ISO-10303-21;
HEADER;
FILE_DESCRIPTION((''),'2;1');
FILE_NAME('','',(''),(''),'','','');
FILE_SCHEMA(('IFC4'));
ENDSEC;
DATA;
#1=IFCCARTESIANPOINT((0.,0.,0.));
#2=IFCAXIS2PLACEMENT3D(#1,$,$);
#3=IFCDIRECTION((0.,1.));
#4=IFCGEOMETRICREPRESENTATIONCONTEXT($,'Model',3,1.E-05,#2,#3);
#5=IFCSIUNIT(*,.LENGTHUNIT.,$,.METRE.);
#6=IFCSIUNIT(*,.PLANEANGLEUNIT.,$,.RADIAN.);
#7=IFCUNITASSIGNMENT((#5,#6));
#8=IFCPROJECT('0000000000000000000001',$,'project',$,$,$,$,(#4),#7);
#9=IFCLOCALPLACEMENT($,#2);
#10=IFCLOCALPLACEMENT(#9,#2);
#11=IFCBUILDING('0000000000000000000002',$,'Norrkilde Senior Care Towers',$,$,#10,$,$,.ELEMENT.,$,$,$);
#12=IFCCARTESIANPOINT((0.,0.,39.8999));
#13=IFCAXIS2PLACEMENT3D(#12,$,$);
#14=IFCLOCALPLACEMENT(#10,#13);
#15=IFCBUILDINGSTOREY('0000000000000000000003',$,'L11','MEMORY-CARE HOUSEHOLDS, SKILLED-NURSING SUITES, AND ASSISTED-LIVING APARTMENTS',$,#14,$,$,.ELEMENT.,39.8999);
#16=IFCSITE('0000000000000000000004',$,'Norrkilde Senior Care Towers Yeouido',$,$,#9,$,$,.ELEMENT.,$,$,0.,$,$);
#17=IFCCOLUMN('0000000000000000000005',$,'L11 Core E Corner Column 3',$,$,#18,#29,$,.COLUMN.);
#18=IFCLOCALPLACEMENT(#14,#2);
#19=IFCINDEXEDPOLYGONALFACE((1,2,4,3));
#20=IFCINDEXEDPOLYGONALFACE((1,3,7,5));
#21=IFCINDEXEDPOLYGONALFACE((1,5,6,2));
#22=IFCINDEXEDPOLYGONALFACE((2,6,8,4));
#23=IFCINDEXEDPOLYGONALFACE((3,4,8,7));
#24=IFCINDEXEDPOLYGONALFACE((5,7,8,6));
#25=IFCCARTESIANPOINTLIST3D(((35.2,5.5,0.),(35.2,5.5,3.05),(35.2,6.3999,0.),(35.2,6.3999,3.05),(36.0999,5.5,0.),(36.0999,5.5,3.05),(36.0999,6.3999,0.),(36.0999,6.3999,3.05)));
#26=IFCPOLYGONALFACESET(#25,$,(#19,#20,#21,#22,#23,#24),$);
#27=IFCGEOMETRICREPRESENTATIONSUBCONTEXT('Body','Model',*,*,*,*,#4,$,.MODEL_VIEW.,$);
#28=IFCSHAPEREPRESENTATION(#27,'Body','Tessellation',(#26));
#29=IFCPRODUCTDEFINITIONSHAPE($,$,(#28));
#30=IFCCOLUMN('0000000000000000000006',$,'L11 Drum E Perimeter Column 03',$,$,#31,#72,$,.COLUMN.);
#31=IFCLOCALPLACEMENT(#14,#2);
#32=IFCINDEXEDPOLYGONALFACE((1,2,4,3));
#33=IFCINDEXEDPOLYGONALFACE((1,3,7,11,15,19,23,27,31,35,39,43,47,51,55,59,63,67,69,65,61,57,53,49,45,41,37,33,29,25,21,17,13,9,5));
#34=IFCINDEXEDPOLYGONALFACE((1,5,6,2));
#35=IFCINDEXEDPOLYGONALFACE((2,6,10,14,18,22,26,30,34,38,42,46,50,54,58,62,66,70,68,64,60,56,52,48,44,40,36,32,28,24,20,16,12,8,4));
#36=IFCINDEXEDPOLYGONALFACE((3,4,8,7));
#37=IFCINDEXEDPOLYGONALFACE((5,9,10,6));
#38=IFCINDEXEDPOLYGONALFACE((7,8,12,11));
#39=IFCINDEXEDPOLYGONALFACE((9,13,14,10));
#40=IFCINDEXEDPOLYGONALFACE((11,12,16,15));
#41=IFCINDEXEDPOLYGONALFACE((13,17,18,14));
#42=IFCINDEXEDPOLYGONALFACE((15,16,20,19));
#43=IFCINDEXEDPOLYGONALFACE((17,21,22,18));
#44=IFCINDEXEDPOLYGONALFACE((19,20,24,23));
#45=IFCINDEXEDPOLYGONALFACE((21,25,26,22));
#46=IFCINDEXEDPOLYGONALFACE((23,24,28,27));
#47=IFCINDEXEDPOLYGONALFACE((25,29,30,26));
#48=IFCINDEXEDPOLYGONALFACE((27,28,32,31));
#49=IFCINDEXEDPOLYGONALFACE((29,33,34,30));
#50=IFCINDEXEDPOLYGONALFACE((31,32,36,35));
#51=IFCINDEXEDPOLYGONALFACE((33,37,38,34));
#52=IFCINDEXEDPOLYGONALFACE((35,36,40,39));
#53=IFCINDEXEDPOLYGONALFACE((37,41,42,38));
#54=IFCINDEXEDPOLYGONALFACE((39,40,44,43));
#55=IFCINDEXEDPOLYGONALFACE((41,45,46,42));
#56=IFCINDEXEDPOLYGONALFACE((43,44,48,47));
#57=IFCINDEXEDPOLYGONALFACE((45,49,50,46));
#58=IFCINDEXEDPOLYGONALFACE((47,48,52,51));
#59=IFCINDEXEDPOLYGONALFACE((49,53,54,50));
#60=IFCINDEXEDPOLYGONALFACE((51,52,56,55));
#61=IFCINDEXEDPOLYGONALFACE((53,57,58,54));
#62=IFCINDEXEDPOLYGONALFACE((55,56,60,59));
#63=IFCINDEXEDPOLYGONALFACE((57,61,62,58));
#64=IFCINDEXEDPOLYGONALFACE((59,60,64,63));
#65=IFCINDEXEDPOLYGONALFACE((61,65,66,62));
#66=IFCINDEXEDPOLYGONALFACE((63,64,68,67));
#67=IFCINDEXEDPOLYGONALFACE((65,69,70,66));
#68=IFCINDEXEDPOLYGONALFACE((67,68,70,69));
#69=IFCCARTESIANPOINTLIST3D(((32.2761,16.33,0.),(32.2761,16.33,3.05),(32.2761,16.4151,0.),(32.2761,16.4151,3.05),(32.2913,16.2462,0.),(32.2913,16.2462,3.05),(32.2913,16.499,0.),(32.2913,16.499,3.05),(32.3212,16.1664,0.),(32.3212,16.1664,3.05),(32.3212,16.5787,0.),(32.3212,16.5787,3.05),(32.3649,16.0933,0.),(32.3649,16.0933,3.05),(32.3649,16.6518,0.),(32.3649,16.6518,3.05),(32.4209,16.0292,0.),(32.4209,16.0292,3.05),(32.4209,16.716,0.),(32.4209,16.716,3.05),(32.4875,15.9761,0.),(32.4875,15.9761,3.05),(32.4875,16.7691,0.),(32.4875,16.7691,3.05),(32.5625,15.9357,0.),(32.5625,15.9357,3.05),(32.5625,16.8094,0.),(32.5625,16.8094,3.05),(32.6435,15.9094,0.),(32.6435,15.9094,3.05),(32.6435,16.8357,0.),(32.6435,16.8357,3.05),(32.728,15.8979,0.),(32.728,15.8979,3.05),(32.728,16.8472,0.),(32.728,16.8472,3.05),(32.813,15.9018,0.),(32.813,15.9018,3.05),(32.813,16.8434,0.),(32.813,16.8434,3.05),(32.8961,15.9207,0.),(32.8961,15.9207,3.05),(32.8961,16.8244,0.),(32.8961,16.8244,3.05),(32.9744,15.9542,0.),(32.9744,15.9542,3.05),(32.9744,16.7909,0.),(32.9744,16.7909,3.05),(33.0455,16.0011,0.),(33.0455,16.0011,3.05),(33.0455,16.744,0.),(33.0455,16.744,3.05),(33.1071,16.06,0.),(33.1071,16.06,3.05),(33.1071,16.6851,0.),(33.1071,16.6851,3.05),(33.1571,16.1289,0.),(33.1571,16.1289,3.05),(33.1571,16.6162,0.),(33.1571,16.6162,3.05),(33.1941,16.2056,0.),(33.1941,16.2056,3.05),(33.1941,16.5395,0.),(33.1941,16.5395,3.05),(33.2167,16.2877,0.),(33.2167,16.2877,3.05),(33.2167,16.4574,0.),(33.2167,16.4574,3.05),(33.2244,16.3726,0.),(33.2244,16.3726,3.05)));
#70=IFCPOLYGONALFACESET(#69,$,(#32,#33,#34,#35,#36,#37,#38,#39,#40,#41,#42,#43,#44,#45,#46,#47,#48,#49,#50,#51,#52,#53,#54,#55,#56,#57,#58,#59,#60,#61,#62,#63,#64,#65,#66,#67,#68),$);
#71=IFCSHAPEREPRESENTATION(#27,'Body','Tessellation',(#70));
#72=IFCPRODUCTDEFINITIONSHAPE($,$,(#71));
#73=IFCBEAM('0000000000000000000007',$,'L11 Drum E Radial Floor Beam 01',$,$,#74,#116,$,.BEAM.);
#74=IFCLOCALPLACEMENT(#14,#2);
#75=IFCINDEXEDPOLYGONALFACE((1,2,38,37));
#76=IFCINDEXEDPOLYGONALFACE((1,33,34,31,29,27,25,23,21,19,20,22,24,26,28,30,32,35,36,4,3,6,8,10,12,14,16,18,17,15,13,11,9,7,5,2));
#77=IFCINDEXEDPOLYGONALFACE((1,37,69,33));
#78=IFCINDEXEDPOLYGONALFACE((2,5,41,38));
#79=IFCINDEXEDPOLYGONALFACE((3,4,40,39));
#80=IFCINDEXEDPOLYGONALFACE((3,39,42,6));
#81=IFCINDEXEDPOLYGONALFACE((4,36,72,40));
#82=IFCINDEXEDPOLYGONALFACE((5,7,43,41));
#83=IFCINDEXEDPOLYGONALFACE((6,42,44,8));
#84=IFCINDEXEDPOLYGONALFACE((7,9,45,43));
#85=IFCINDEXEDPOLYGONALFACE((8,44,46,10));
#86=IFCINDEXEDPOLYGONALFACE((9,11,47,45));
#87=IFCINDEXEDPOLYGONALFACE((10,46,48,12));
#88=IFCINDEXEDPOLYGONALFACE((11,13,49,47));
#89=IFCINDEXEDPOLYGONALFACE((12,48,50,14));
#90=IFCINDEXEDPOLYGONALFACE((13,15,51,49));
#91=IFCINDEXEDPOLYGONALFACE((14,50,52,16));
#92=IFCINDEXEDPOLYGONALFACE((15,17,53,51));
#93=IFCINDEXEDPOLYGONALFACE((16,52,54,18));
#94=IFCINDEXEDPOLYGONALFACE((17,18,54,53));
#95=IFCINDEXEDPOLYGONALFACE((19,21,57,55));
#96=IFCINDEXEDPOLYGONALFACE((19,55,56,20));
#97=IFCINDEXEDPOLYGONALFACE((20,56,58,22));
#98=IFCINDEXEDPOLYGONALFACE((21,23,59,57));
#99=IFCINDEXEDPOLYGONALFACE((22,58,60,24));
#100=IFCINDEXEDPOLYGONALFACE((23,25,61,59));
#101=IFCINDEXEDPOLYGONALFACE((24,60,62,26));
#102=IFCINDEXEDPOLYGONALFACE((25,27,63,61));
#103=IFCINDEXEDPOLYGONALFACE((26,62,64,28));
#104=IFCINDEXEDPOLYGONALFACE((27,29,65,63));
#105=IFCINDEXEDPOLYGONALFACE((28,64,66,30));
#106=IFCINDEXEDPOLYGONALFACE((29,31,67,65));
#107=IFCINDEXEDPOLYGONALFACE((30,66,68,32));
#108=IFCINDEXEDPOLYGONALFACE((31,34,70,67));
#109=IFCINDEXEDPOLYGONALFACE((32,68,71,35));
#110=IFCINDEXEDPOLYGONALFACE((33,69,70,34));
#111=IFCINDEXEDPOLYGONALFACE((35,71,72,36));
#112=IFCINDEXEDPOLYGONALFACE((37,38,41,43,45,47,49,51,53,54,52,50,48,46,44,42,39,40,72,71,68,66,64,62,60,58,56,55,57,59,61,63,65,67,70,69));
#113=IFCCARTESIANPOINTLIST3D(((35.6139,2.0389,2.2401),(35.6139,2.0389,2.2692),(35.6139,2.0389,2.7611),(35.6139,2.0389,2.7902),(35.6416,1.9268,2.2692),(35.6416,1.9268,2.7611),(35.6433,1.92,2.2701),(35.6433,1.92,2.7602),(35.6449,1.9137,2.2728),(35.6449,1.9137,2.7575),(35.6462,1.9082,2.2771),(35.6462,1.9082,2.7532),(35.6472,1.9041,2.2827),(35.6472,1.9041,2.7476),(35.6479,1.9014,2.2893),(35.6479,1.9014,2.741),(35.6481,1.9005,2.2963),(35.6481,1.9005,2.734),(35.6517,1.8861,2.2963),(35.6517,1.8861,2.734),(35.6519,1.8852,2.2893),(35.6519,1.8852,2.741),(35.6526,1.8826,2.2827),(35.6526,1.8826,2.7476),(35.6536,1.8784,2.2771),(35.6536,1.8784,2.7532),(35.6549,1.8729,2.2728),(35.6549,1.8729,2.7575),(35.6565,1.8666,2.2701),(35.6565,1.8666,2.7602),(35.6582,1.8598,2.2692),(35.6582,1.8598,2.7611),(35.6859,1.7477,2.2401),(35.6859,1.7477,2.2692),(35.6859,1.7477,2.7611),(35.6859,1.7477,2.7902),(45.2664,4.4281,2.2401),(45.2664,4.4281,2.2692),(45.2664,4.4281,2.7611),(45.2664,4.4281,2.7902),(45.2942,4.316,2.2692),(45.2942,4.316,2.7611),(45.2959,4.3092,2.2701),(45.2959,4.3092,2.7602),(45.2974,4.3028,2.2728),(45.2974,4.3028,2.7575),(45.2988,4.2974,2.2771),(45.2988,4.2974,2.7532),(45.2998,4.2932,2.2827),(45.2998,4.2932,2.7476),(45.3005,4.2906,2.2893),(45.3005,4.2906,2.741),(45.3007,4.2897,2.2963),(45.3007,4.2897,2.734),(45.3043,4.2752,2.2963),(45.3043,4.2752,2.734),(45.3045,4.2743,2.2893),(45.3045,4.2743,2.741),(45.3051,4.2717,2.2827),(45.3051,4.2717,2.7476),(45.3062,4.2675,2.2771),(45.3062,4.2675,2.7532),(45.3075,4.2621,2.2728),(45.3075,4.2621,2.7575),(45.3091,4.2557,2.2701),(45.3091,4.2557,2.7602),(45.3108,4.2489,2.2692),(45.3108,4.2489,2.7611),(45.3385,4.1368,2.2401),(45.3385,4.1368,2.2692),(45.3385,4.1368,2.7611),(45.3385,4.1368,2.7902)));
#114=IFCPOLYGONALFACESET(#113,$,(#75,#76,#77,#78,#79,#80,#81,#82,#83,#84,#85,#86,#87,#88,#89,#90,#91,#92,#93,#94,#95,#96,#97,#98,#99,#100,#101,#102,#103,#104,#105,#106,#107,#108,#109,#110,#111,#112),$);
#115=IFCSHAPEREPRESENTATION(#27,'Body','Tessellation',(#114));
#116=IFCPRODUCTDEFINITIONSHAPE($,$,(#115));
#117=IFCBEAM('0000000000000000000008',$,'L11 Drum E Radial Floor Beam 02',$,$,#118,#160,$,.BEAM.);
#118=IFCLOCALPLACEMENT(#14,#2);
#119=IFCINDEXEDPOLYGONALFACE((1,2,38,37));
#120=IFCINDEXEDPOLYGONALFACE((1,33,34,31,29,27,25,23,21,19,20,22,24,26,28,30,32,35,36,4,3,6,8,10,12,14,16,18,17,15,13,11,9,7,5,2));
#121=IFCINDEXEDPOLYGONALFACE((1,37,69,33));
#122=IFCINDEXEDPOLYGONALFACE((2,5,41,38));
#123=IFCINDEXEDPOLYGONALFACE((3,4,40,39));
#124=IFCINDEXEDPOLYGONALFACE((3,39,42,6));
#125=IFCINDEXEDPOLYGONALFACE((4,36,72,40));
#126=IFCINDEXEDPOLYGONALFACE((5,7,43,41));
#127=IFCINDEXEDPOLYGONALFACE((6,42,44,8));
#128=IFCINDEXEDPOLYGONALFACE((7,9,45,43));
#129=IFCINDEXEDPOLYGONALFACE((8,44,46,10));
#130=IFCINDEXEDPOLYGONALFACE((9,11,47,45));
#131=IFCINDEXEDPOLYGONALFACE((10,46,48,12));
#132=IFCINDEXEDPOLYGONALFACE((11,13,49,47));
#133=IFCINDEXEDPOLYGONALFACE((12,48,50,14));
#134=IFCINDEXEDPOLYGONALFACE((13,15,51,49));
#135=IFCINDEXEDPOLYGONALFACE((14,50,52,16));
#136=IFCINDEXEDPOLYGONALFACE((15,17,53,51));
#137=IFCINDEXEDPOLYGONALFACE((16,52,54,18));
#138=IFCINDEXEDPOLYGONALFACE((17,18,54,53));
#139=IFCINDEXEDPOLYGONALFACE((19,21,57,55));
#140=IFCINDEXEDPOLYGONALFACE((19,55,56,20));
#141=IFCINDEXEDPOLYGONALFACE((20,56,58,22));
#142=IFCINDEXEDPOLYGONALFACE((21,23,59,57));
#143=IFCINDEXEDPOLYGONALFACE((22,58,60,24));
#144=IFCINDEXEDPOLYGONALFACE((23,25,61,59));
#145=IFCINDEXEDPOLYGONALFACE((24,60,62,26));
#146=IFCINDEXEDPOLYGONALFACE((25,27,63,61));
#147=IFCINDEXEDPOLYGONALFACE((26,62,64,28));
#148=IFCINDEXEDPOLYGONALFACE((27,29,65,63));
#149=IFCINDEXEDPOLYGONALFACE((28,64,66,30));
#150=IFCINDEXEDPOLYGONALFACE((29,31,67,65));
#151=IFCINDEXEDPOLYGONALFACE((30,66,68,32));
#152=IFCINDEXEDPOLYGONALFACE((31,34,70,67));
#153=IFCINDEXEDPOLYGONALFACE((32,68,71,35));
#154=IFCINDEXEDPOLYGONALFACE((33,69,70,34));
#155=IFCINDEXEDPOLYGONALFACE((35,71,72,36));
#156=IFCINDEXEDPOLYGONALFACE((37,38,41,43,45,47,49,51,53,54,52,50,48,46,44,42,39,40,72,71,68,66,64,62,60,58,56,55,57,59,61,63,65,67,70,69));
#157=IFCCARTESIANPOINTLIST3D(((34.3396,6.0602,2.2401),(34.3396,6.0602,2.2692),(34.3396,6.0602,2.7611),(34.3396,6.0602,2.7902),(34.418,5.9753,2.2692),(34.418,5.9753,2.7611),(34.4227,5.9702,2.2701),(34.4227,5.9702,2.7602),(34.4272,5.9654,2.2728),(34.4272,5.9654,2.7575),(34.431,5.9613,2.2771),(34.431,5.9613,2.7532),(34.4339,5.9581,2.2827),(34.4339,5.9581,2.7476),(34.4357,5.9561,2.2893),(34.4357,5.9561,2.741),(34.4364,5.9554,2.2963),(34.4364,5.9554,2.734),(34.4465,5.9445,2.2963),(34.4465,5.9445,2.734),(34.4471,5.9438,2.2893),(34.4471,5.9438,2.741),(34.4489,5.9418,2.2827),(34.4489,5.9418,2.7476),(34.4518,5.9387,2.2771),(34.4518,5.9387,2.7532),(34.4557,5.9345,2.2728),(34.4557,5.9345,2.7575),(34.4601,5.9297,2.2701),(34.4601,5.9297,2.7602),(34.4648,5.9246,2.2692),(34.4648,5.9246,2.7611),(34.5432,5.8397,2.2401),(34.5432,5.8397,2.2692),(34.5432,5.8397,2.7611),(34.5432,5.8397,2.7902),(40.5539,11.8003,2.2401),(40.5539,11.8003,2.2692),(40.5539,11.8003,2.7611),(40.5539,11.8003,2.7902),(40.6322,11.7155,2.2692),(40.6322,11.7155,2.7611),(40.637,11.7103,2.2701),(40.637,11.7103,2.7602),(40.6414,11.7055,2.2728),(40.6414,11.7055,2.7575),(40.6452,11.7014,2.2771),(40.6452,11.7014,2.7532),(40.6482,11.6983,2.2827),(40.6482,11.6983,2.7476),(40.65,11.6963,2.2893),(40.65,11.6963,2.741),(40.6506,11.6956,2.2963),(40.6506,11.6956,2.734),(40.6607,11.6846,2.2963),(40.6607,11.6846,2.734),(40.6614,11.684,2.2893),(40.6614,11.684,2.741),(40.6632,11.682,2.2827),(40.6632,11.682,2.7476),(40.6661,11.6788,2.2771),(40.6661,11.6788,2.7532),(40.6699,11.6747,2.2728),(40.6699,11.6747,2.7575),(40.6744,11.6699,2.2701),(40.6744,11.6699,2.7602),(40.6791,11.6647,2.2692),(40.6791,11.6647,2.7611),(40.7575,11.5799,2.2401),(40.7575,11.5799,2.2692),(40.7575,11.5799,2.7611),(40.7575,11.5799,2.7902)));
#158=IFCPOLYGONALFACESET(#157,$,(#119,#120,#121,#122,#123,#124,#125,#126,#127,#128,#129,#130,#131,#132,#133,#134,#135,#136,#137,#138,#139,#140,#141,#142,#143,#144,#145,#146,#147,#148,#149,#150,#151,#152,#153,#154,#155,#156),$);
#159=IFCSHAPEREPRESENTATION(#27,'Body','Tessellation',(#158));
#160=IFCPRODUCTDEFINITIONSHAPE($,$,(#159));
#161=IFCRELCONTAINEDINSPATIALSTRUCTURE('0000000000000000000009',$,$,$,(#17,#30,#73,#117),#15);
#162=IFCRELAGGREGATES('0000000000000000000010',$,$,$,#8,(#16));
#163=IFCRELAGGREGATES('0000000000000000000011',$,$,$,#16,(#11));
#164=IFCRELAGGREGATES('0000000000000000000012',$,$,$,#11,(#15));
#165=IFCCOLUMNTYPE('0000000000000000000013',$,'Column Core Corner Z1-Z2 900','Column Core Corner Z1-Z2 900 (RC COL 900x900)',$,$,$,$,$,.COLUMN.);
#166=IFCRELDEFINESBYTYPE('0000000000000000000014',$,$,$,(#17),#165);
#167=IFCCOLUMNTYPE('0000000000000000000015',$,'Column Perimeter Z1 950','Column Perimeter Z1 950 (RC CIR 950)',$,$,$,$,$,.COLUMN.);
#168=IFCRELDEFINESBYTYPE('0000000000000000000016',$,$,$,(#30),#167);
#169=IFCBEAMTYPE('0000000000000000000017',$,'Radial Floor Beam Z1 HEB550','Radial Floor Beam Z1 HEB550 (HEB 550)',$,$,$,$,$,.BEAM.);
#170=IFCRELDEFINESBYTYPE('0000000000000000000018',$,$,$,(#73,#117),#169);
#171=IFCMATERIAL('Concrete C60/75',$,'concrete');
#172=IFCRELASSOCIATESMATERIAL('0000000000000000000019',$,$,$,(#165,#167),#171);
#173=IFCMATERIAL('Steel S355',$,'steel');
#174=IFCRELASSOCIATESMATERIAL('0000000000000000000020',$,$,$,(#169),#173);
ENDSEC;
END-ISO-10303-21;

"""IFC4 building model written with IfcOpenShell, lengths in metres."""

from ifc_helpers import new_model, si_unit, direction, frame, origin, origin_2d, place, context, subcontext, project, spatial, rectangle, circle, i_section, extrude, source, transform, mapped, material, material_profile, profile_set, type_object, type_shapes, element, save


model = new_model("IFC4")

# Units and contexts
model_context = context("Model", 3, precision=1e-05, world=origin(), true_north=direction((0.0, 1.0)))
body_context = subcontext(model_context, "Body", "Model", "MODEL_VIEW")
ifc_project = project(units=[si_unit("LENGTHUNIT", "METRE"), si_unit("PLANEANGLEUNIT", "RADIAN")], contexts=[model_context])

# Site, building, storey
site_placement = place(None, origin())
site = spatial("IfcSite", under=ifc_project, at=site_placement, Name="Norrkilde Senior Care Towers Yeouido", CompositionType="ELEMENT", RefElevation=0.0)
building_placement = place(site_placement, origin())
building = spatial("IfcBuilding", under=site, at=building_placement, Name="Norrkilde Senior Care Towers", CompositionType="ELEMENT")
storey_placement = place(building_placement, frame((0.0, 0.0, 39.8999)))
storey = spatial("IfcBuildingStorey", under=building, at=storey_placement, Name="L11", Description="MEMORY-CARE HOUSEHOLDS, SKILLED-NURSING SUITES, AND ASSISTED-LIVING APARTMENTS", CompositionType="ELEMENT", Elevation=39.8999)

# Columns
ifc_material_1 = material(Name="Concrete C60/75", Category="concrete")
ifc_material_profile_1 = material_profile(ifc_material_1, rectangle(XDim=0.8999, YDim=0.8999, at=origin_2d()), Name="RC COL 900x900")
ifc_profile_set_1 = profile_set([ifc_material_profile_1], Name="Concrete C60/75")
column_type_1 = type_object("IfcColumnType", Name="Column Core Corner Z1-Z2 900", Description="Column Core Corner Z1-Z2 900 (RC COL 900x900)", PredefinedType="COLUMN", material=ifc_profile_set_1)
shared_shape_1 = source(origin(), body_context, "Body", "SweptSolid", [
    extrude(rectangle(XDim=0.8999, YDim=0.8999, at=origin_2d()), origin(), (0.0, 0.0, 1.0), 3.05),
])
type_shapes(column_type_1, [shared_shape_1])
column_1_placement = place(storey_placement, frame((35.6499, 5.95, 0.0), z_axis=(0.0, 0.0, 1.0), x_axis=(1.0, 0.0, 0.0)))
element("IfcColumn", 1, at=column_1_placement, inside=storey, type_object=column_type_1, Name="L11 Core E Corner Column 3", PredefinedType="COLUMN", context=body_context, shape_type="MappedRepresentation", body=[
    mapped(shared_shape_1, transform((0.0, 0.0, 0.0), x_axis=(1.0, 0.0, 0.0), y_axis=(0.0, 1.0, 0.0), z_axis=(0.0, 0.0, 1.0), scale=1.0)),
])
ifc_material_profile_2 = material_profile(ifc_material_1, circle(Radius=0.4751, at=origin_2d()), Name="RC CIR 950")
ifc_profile_set_2 = profile_set([ifc_material_profile_2], Name="Concrete C60/75")
column_type_2 = type_object("IfcColumnType", Name="Column Perimeter Z1 950", Description="Column Perimeter Z1 950 (RC CIR 950)", PredefinedType="COLUMN", material=ifc_profile_set_2)
shared_shape_2 = source(origin(), body_context, "Body", "SweptSolid", [
    extrude(circle(Radius=0.4751, at=origin_2d()), origin(), (0.0, 0.0, 1.0), 3.05),
])
type_shapes(column_type_2, [shared_shape_2])
column_2_placement = place(storey_placement, frame((32.7493, 16.3726, 0.0), z_axis=(0.0, 0.0, 1.0), x_axis=(1.0, 0.0, 0.0)))
element("IfcColumn", 2, at=column_2_placement, inside=storey, type_object=column_type_2, Name="L11 Drum E Perimeter Column 03", PredefinedType="COLUMN", context=body_context, shape_type="MappedRepresentation", body=[
    mapped(shared_shape_2, transform((0.0, 0.0, 0.0), x_axis=(1.0, 0.0, 0.0), y_axis=(0.0, 1.0, 0.0), z_axis=(0.0, 0.0, 1.0), scale=1.0)),
])

# Beams
ifc_material_2 = material(Name="Steel S355", Category="steel")
ifc_material_profile_3 = material_profile(ifc_material_2, i_section(OverallWidth=0.3, OverallDepth=0.55, WebThickness=0.0149, FlangeThickness=0.0291, FilletRadius=0.0271, at=origin_2d()), Name="HEB 550")
ifc_profile_set_3 = profile_set([ifc_material_profile_3], Name="Steel S355")
beam_type_1 = type_object("IfcBeamType", Name="Radial Floor Beam Z1 HEB550", Description="Radial Floor Beam Z1 HEB550 (HEB 550)", PredefinedType="BEAM", material=ifc_profile_set_3)
shared_shape_3 = source(origin(), body_context, "Body", "SweptSolid", [
    extrude(i_section(OverallWidth=0.3, OverallDepth=0.55, WebThickness=0.0149, FlangeThickness=0.0291, FilletRadius=0.0271, at=origin_2d()), origin(), (0.0, 0.0, 1.0), 9.9438),
])
beam_1_placement = place(storey_placement, frame((35.6499, 1.8933, 2.5151), z_axis=(0.970707, 0.240265, 0.0), x_axis=(-0.240265, 0.970707, 0.0)))
element("IfcBeam", 3, at=beam_1_placement, inside=storey, type_object=beam_type_1, Name="L11 Drum E Radial Floor Beam 01", PredefinedType="BEAM", context=body_context, shape_type="MappedRepresentation", body=[
    mapped(shared_shape_3, transform((0.0, 0.0, 0.0), x_axis=(1.0, 0.0, 0.0), y_axis=(0.0, 1.0, 0.0), z_axis=(0.0, 0.0, 1.0), scale=1.0)),
])
shared_shape_4 = source(origin(), body_context, "Body", "SweptSolid", [
    extrude(i_section(OverallWidth=0.3, OverallDepth=0.55, WebThickness=0.0149, FlangeThickness=0.0291, FilletRadius=0.0271, at=origin_2d()), origin(), (0.0, 0.0, 1.0), 8.4597),
])
beam_2_placement = place(storey_placement, frame((34.4414, 5.95, 2.5151), z_axis=(0.734573, 0.678529, 0.0), x_axis=(-0.678529, 0.734573, 0.0)))
element("IfcBeam", 4, at=beam_2_placement, inside=storey, type_object=beam_type_1, Name="L11 Drum E Radial Floor Beam 02", PredefinedType="BEAM", context=body_context, shape_type="MappedRepresentation", body=[
    mapped(shared_shape_4, transform((0.0, 0.0, 0.0), x_axis=(1.0, 0.0, 0.0), y_axis=(0.0, 1.0, 0.0), z_axis=(0.0, 0.0, 1.0), scale=1.0)),
])

save(model, "model.ifc")
